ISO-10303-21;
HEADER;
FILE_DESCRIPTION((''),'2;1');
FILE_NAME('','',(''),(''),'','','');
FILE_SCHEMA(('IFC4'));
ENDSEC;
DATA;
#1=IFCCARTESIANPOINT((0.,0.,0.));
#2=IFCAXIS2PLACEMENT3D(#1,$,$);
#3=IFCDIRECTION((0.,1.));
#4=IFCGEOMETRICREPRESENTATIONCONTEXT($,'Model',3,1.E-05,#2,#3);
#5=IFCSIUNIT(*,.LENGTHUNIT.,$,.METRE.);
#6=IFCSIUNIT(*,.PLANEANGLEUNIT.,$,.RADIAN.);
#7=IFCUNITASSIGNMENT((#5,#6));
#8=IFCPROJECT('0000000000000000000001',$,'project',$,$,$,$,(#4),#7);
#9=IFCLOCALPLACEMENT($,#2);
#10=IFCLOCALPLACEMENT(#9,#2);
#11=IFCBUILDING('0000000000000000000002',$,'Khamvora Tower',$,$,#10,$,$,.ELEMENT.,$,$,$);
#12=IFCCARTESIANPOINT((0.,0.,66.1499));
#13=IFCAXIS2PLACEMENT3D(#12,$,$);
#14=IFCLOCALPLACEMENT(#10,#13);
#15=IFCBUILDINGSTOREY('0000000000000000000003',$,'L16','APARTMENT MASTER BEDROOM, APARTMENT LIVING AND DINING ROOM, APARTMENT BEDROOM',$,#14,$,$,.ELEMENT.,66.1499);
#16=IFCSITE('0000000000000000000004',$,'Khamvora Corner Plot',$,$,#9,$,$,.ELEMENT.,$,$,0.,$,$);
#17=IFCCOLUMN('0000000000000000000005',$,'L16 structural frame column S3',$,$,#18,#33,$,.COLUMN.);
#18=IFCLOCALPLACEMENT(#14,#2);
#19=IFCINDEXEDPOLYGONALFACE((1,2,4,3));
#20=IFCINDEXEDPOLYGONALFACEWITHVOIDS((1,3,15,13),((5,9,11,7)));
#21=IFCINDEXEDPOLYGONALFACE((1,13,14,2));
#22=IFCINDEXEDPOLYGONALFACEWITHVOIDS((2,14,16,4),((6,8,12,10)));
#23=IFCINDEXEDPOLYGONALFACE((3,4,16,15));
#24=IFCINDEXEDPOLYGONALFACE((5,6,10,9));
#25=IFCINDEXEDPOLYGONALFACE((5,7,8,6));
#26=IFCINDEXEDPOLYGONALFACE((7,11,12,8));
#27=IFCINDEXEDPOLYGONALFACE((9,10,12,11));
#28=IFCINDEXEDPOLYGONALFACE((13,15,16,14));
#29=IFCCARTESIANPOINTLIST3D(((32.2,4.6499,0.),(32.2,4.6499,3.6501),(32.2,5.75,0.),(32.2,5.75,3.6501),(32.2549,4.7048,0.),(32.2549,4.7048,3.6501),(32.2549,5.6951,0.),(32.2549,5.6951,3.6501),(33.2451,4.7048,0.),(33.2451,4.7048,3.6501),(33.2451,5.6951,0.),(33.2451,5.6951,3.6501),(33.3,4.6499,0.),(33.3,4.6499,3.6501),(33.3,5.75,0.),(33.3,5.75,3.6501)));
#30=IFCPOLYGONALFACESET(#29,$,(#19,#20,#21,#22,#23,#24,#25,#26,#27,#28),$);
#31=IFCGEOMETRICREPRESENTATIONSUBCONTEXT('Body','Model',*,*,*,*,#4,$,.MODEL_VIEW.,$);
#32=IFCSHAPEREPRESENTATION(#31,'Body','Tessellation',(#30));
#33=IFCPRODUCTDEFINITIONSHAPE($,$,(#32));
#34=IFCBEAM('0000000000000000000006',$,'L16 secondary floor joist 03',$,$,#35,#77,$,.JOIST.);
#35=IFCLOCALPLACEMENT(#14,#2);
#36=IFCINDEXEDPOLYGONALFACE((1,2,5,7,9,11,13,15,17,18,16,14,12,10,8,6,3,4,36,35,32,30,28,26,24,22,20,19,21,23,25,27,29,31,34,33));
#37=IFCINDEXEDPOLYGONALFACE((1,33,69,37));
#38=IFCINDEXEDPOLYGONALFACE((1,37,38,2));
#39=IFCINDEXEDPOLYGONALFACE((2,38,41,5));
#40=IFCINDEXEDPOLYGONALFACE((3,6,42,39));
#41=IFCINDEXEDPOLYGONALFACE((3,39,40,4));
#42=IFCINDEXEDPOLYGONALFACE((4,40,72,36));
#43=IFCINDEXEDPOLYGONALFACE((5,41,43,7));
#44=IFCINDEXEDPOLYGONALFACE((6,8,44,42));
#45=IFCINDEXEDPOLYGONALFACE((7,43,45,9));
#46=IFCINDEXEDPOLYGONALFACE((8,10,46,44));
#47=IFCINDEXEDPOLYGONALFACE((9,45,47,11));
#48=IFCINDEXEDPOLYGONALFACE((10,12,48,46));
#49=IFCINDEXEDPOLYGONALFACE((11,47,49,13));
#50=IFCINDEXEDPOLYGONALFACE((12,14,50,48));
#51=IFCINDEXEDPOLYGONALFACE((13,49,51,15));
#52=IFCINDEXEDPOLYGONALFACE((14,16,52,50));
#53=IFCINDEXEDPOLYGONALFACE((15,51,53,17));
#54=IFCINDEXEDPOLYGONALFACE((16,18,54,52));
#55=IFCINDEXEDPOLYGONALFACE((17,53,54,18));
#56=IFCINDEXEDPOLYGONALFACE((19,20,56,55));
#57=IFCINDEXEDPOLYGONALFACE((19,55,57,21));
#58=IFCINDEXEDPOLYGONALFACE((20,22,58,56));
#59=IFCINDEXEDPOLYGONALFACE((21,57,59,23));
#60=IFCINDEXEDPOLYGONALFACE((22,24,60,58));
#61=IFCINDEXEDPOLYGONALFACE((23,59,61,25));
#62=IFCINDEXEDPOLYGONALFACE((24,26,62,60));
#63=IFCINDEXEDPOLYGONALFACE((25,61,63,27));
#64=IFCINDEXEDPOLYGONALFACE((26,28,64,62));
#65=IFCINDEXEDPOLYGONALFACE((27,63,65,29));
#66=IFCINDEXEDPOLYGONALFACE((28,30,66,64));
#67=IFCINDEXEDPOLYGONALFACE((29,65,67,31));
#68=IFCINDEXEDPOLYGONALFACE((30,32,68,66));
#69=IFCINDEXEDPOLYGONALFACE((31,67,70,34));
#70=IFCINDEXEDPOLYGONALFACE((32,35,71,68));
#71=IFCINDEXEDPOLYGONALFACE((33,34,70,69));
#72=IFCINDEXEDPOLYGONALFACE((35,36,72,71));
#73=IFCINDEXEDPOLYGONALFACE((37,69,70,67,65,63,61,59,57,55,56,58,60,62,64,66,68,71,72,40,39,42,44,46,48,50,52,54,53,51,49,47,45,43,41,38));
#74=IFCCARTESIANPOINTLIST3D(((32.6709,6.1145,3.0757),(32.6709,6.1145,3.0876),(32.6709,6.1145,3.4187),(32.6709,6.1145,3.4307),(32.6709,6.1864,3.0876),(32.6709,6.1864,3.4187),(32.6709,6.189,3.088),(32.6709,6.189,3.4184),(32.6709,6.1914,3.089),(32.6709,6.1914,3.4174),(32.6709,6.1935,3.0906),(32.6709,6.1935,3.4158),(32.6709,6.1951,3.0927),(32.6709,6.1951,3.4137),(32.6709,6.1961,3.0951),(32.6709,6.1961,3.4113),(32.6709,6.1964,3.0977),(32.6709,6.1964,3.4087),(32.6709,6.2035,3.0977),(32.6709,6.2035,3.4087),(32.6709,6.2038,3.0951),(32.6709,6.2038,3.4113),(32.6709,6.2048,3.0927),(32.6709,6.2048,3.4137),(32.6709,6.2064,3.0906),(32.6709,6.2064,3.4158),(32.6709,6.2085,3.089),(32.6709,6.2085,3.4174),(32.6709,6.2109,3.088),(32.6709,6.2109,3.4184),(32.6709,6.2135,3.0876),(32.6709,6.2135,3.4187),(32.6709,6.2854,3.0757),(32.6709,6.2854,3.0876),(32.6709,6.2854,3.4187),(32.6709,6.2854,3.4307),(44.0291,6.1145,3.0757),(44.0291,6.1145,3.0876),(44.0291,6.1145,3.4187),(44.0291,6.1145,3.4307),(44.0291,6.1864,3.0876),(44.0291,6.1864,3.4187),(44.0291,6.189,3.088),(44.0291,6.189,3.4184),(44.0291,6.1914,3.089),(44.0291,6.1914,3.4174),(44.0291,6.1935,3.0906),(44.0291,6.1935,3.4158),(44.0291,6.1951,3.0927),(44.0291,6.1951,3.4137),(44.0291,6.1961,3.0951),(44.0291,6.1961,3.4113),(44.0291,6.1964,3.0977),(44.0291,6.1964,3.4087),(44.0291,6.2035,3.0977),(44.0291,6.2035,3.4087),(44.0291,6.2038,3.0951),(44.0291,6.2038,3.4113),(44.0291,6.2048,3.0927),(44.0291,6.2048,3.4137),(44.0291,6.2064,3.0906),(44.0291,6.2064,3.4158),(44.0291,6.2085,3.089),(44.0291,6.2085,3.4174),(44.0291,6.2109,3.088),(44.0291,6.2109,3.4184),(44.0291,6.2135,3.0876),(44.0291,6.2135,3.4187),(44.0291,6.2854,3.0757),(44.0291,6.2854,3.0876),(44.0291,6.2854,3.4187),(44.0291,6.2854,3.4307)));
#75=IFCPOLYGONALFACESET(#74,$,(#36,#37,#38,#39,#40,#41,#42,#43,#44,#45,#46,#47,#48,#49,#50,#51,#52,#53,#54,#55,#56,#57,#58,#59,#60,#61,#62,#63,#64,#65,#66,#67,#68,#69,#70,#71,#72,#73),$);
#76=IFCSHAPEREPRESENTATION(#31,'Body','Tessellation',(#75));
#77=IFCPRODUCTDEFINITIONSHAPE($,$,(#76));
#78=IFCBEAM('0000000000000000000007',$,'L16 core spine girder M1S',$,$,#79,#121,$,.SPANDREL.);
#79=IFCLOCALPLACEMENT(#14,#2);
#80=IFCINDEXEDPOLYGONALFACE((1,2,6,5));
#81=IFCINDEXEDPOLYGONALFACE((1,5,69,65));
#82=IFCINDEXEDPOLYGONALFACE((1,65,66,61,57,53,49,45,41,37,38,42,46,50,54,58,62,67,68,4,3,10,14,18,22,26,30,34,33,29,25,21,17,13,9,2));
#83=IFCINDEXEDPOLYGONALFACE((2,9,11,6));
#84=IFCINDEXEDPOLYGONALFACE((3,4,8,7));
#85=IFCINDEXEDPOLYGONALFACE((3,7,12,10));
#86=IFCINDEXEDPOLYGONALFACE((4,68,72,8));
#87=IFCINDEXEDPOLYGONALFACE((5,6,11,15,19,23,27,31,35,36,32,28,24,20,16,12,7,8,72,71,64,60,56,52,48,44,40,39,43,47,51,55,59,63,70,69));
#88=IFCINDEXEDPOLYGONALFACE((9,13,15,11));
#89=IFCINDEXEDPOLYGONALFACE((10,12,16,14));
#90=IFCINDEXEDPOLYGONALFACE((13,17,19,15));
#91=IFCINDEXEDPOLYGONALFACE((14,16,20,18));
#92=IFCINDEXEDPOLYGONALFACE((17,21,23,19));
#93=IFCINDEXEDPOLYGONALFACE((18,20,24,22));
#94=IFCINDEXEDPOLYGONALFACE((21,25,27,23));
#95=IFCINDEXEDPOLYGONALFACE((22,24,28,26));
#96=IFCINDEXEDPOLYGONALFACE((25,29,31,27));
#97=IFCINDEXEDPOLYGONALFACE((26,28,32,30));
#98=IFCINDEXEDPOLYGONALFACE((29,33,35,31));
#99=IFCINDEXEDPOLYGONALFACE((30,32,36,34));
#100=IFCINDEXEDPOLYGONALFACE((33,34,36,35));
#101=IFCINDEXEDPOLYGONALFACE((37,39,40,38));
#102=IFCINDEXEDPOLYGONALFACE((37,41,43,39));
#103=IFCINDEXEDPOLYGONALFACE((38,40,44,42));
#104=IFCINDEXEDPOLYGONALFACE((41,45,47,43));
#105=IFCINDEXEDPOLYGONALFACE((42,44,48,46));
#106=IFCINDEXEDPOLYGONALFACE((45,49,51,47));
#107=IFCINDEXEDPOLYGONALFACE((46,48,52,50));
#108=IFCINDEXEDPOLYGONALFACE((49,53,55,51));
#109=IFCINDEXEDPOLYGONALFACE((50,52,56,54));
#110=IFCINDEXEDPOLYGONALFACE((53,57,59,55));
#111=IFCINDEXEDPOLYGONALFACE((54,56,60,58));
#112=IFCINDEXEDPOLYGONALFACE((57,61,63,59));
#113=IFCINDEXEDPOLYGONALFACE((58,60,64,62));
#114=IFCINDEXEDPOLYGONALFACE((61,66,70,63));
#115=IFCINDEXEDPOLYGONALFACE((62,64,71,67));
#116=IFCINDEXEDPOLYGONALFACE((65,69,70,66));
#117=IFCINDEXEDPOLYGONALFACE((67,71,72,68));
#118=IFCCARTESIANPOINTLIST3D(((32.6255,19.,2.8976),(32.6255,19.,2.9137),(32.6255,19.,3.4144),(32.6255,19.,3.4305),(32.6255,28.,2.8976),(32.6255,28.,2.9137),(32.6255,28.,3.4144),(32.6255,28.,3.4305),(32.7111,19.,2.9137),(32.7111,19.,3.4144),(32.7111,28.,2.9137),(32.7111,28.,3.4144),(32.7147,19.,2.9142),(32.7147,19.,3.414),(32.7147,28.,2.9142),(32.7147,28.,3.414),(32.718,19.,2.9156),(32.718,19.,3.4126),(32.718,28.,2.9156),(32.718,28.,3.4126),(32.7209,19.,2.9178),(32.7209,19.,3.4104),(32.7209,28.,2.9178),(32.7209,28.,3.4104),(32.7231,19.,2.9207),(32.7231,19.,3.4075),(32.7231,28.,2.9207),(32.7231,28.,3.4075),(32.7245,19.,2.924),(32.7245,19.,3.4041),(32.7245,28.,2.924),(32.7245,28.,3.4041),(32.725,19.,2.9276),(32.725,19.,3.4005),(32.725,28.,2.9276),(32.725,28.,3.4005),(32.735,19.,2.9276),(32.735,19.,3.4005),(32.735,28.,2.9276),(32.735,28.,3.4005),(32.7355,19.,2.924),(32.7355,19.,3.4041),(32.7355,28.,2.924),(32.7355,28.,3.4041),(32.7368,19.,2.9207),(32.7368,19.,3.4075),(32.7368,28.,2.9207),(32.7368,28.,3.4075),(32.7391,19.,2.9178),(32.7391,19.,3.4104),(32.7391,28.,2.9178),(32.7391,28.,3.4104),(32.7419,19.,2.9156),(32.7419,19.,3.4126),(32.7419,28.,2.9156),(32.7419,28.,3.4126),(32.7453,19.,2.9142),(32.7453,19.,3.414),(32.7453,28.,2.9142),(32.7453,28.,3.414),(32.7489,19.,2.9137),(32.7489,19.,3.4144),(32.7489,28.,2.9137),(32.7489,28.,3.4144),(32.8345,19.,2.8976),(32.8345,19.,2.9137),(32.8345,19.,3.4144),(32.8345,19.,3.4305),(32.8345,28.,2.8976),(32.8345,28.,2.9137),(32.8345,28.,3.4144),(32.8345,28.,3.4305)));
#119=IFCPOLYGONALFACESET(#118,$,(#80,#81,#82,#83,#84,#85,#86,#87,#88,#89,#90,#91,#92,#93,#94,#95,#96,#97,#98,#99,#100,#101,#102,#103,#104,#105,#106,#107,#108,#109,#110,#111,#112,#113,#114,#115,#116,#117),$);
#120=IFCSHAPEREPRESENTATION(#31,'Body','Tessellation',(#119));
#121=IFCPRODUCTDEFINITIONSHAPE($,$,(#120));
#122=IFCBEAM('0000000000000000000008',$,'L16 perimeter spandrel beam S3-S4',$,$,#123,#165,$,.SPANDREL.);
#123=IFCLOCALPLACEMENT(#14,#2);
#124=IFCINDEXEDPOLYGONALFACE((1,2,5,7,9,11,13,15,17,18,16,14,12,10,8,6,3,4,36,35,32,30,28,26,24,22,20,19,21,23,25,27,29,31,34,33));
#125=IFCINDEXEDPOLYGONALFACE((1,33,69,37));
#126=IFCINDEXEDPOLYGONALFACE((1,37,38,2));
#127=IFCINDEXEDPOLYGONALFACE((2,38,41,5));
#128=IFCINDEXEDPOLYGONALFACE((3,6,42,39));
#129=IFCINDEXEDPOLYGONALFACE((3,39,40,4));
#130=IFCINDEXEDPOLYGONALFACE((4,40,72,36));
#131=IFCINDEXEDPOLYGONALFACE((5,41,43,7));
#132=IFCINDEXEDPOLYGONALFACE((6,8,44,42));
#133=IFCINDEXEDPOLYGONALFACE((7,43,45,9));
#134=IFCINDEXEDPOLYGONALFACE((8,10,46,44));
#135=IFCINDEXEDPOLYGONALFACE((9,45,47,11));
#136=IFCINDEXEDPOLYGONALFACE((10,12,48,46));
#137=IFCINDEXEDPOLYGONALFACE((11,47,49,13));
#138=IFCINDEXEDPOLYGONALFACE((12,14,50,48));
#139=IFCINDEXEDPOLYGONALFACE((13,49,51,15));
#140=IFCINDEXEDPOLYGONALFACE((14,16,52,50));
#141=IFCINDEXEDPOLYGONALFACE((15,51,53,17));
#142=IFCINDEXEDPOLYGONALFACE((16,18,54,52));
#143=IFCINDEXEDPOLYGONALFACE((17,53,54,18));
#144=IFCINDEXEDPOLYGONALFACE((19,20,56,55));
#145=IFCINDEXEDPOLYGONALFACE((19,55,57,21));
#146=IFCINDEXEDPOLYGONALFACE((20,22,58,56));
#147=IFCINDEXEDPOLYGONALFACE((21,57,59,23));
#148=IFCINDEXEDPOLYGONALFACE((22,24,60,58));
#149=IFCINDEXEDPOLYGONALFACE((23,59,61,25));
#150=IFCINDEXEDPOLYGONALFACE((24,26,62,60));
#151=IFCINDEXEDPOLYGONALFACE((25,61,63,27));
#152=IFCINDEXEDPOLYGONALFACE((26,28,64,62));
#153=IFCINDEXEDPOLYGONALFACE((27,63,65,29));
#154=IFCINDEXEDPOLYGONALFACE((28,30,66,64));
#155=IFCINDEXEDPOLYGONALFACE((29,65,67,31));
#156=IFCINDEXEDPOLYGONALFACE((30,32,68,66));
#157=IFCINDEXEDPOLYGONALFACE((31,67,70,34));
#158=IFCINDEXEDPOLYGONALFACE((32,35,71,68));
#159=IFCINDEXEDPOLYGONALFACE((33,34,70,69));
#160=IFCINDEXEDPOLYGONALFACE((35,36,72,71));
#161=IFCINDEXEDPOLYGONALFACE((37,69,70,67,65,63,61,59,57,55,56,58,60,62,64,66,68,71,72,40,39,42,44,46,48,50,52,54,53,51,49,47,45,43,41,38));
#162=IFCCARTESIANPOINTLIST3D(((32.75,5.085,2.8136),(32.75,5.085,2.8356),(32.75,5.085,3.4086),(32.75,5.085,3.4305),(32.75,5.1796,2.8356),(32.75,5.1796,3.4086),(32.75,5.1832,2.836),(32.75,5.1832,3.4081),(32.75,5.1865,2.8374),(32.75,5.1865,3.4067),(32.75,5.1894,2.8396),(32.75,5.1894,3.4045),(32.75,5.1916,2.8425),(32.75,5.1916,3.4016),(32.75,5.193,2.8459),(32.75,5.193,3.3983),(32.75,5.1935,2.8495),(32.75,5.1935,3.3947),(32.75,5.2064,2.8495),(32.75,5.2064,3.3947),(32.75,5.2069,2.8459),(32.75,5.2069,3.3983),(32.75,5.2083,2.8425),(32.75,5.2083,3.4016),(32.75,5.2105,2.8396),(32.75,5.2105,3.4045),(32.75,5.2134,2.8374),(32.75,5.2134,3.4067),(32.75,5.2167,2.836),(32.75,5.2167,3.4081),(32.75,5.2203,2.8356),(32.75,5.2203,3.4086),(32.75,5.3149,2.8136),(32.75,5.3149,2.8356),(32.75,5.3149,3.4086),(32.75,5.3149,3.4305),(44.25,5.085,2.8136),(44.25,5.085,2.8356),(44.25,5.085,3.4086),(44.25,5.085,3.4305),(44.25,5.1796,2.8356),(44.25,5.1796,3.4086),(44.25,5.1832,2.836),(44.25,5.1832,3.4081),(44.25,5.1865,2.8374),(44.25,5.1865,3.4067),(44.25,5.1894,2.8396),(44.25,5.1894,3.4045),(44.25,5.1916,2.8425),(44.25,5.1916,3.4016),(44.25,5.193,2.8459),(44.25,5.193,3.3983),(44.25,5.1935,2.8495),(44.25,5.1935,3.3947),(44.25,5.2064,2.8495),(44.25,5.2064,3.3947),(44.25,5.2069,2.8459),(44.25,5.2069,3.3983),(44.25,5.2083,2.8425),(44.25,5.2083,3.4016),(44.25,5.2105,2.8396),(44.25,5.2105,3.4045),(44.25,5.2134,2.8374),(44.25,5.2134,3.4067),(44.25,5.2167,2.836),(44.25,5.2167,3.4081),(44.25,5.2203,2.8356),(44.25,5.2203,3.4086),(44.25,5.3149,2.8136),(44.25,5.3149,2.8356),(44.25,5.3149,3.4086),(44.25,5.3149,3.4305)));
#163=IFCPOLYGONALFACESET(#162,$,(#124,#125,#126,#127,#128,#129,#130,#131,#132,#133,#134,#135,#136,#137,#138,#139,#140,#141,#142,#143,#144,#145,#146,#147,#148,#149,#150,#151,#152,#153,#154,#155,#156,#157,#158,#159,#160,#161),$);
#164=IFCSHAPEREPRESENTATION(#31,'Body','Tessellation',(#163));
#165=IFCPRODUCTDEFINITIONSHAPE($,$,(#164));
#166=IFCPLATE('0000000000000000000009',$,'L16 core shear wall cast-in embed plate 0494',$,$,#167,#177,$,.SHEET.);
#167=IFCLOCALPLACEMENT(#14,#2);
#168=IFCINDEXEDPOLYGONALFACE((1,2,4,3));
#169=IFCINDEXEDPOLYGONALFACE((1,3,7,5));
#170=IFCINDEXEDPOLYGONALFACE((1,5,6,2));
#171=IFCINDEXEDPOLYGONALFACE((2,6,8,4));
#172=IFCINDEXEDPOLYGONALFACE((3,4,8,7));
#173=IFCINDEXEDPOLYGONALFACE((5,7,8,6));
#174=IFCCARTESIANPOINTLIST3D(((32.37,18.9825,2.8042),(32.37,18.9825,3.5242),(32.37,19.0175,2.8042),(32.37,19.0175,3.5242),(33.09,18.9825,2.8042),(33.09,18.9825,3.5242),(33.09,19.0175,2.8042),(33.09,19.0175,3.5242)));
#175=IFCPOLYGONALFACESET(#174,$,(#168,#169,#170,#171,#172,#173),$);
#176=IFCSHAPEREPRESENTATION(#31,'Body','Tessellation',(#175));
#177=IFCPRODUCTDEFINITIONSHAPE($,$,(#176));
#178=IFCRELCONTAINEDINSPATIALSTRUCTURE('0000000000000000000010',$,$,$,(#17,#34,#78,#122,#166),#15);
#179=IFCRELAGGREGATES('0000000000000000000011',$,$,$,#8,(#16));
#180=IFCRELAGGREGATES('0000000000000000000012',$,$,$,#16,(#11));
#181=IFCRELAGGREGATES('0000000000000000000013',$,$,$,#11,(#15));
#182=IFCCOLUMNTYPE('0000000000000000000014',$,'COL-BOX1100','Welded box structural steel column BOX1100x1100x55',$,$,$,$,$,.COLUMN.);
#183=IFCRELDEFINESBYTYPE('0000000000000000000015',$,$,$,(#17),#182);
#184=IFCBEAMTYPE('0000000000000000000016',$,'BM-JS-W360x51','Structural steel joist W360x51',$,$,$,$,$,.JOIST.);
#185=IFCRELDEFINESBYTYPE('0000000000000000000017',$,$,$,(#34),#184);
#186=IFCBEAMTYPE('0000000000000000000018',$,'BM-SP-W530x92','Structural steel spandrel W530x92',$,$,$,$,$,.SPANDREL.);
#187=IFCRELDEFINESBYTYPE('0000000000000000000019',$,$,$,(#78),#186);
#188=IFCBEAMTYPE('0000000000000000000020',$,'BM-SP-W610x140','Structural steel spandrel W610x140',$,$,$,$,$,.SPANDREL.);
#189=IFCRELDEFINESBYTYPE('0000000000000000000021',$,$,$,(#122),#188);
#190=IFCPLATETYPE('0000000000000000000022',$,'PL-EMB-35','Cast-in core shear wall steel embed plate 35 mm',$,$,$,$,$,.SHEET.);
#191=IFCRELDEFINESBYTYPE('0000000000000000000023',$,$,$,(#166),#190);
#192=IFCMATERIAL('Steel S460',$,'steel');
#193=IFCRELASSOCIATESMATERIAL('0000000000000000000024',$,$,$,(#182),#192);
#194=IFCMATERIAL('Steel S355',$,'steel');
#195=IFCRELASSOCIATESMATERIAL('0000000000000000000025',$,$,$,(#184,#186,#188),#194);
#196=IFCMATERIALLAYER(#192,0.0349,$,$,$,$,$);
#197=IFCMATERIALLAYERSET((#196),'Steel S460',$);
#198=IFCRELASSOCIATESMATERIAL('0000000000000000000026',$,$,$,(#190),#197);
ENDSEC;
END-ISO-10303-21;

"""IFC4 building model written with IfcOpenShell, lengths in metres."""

from ifc_helpers import new_model, si_unit, direction, frame, origin, origin_2d, place, context, subcontext, project, spatial, rectangle, hollow_rectangle, i_section, extrude, material, layer, layer_set, material_profile, profile_set, type_object, element, save


model = new_model("IFC4")

# Units and contexts
model_context = context("Model", 3, precision=1e-05, world=origin(), true_north=direction((0.0, 1.0)))
body_context = subcontext(model_context, "Body", "Model", "MODEL_VIEW")
ifc_project = project(units=[si_unit("LENGTHUNIT", "METRE"), si_unit("PLANEANGLEUNIT", "RADIAN")], contexts=[model_context])

# Site, building, storey
site_placement = place(None, origin())
site = spatial("IfcSite", under=ifc_project, at=site_placement, Name="Khamvora Corner Plot", CompositionType="ELEMENT", RefElevation=0.0)
building_placement = place(site_placement, origin())
building = spatial("IfcBuilding", under=site, at=building_placement, Name="Khamvora Tower", CompositionType="ELEMENT")
storey_placement = place(building_placement, frame((0.0, 0.0, 66.1499)))
storey = spatial("IfcBuildingStorey", under=building, at=storey_placement, Name="L16", Description="APARTMENT MASTER BEDROOM, APARTMENT LIVING AND DINING ROOM, APARTMENT BEDROOM", CompositionType="ELEMENT", Elevation=66.1499)

# Column
ifc_material_1 = material(Name="Steel S460", Category="steel")
ifc_material_profile_1 = material_profile(ifc_material_1, hollow_rectangle(XDim=1.1001, YDim=1.1001, WallThickness=0.0549, at=origin_2d()), Name="BOX1100x1100x55")
ifc_profile_set_1 = profile_set([ifc_material_profile_1], Name="Steel S460")
column_type = type_object("IfcColumnType", Name="COL-BOX1100", Description="Welded box structural steel column BOX1100x1100x55", PredefinedType="COLUMN", material=ifc_profile_set_1)
column_placement = place(storey_placement, frame((32.75, 5.2, 0.0), z_axis=(0.0, 0.0, 1.0), x_axis=(1.0, 0.0, 0.0)))
element("IfcColumn", 1, at=column_placement, inside=storey, type_object=column_type, Name="L16 structural frame column S3", PredefinedType="COLUMN", context=body_context, shape_type="SweptSolid", body=[
    extrude(hollow_rectangle(XDim=1.1001, YDim=1.1001, WallThickness=0.0549, at=origin_2d()), origin(), (0.0, 0.0, 1.0), 3.6501),
])

# Beams
ifc_material_2 = material(Name="Steel S355", Category="steel")
ifc_material_profile_2 = material_profile(ifc_material_2, i_section(OverallWidth=0.1709, OverallDepth=0.355, WebThickness=0.0071, FlangeThickness=0.012, FilletRadius=0.01, at=origin_2d()), Name="W360x51")
ifc_profile_set_2 = profile_set([ifc_material_profile_2], Name="Steel S355")
beam_type_1 = type_object("IfcBeamType", Name="BM-JS-W360x51", Description="Structural steel joist W360x51", PredefinedType="JOIST", material=ifc_profile_set_2)
beam_1_placement = place(storey_placement, frame((32.6709, 6.2, 3.2532), z_axis=(1.0, 0.0, 0.0), x_axis=(0.0, 1.0, 0.0)))
element("IfcBeam", 2, at=beam_1_placement, inside=storey, type_object=beam_type_1, Name="L16 secondary floor joist 03", PredefinedType="JOIST", context=body_context, shape_type="SweptSolid", body=[
    extrude(i_section(OverallWidth=0.1709, OverallDepth=0.355, WebThickness=0.0071, FlangeThickness=0.012, FilletRadius=0.01, at=origin_2d()), origin(), (0.0, 0.0, 1.0), 11.3582),
])
ifc_material_profile_3 = material_profile(ifc_material_2, i_section(OverallWidth=0.209, OverallDepth=0.533, WebThickness=0.01, FlangeThickness=0.0161, FilletRadius=0.0139, at=origin_2d()), Name="W530x92")
ifc_profile_set_3 = profile_set([ifc_material_profile_3], Name="Steel S355")
beam_type_2 = type_object("IfcBeamType", Name="BM-SP-W530x92", Description="Structural steel spandrel W530x92", PredefinedType="SPANDREL", material=ifc_profile_set_3)
beam_2_placement = place(storey_placement, frame((32.73, 19.0, 3.1641), z_axis=(0.0, 1.0, 0.0), x_axis=(-1.0, 0.0, 0.0)))
element("IfcBeam", 3, at=beam_2_placement, inside=storey, type_object=beam_type_2, Name="L16 core spine girder M1S", PredefinedType="SPANDREL", context=body_context, shape_type="SweptSolid", body=[
    extrude(i_section(OverallWidth=0.209, OverallDepth=0.533, WebThickness=0.01, FlangeThickness=0.0161, FilletRadius=0.0139, at=origin_2d()), origin(), (0.0, 0.0, 1.0), 9.0),
])
ifc_material_profile_4 = material_profile(ifc_material_2, i_section(OverallWidth=0.23, OverallDepth=0.6169, WebThickness=0.0129, FlangeThickness=0.022, FilletRadius=0.0139, at=origin_2d()), Name="W610x140")
ifc_profile_set_4 = profile_set([ifc_material_profile_4], Name="Steel S355")
beam_type_3 = type_object("IfcBeamType", Name="BM-SP-W610x140", Description="Structural steel spandrel W610x140", PredefinedType="SPANDREL", material=ifc_profile_set_4)
beam_3_placement = place(storey_placement, frame((32.75, 5.2, 3.1221), z_axis=(1.0, 0.0, 0.0), x_axis=(0.0, 1.0, 0.0)))
element("IfcBeam", 4, at=beam_3_placement, inside=storey, type_object=beam_type_3, Name="L16 perimeter spandrel beam S3-S4", PredefinedType="SPANDREL", context=body_context, shape_type="SweptSolid", body=[
    extrude(i_section(OverallWidth=0.23, OverallDepth=0.6169, WebThickness=0.0129, FlangeThickness=0.022, FilletRadius=0.0139, at=origin_2d()), origin(), (0.0, 0.0, 1.0), 11.5),
])

# Plate
ifc_layer_1 = layer(ifc_material_1, 0.0349)
ifc_layer_set_1 = layer_set([ifc_layer_1], Name="Steel S460")
plate_type = type_object("IfcPlateType", Name="PL-EMB-35", Description="Cast-in core shear wall steel embed plate 35 mm", PredefinedType="SHEET", material=ifc_layer_set_1)
plate_placement = place(storey_placement, frame((32.73, 19.0, 2.8042), z_axis=(0.0, 0.0, 1.0), x_axis=(1.0, 0.0, 0.0)))
element("IfcPlate", 5, at=plate_placement, inside=storey, type_object=plate_type, Name="L16 core shear wall cast-in embed plate 0494", PredefinedType="SHEET", context=body_context, shape_type="SweptSolid", body=[
    extrude(rectangle(XDim=0.72, YDim=0.0349, at=origin_2d()), origin(), (0.0, 0.0, 1.0), 0.72),
])

save(model, "model.ifc")
